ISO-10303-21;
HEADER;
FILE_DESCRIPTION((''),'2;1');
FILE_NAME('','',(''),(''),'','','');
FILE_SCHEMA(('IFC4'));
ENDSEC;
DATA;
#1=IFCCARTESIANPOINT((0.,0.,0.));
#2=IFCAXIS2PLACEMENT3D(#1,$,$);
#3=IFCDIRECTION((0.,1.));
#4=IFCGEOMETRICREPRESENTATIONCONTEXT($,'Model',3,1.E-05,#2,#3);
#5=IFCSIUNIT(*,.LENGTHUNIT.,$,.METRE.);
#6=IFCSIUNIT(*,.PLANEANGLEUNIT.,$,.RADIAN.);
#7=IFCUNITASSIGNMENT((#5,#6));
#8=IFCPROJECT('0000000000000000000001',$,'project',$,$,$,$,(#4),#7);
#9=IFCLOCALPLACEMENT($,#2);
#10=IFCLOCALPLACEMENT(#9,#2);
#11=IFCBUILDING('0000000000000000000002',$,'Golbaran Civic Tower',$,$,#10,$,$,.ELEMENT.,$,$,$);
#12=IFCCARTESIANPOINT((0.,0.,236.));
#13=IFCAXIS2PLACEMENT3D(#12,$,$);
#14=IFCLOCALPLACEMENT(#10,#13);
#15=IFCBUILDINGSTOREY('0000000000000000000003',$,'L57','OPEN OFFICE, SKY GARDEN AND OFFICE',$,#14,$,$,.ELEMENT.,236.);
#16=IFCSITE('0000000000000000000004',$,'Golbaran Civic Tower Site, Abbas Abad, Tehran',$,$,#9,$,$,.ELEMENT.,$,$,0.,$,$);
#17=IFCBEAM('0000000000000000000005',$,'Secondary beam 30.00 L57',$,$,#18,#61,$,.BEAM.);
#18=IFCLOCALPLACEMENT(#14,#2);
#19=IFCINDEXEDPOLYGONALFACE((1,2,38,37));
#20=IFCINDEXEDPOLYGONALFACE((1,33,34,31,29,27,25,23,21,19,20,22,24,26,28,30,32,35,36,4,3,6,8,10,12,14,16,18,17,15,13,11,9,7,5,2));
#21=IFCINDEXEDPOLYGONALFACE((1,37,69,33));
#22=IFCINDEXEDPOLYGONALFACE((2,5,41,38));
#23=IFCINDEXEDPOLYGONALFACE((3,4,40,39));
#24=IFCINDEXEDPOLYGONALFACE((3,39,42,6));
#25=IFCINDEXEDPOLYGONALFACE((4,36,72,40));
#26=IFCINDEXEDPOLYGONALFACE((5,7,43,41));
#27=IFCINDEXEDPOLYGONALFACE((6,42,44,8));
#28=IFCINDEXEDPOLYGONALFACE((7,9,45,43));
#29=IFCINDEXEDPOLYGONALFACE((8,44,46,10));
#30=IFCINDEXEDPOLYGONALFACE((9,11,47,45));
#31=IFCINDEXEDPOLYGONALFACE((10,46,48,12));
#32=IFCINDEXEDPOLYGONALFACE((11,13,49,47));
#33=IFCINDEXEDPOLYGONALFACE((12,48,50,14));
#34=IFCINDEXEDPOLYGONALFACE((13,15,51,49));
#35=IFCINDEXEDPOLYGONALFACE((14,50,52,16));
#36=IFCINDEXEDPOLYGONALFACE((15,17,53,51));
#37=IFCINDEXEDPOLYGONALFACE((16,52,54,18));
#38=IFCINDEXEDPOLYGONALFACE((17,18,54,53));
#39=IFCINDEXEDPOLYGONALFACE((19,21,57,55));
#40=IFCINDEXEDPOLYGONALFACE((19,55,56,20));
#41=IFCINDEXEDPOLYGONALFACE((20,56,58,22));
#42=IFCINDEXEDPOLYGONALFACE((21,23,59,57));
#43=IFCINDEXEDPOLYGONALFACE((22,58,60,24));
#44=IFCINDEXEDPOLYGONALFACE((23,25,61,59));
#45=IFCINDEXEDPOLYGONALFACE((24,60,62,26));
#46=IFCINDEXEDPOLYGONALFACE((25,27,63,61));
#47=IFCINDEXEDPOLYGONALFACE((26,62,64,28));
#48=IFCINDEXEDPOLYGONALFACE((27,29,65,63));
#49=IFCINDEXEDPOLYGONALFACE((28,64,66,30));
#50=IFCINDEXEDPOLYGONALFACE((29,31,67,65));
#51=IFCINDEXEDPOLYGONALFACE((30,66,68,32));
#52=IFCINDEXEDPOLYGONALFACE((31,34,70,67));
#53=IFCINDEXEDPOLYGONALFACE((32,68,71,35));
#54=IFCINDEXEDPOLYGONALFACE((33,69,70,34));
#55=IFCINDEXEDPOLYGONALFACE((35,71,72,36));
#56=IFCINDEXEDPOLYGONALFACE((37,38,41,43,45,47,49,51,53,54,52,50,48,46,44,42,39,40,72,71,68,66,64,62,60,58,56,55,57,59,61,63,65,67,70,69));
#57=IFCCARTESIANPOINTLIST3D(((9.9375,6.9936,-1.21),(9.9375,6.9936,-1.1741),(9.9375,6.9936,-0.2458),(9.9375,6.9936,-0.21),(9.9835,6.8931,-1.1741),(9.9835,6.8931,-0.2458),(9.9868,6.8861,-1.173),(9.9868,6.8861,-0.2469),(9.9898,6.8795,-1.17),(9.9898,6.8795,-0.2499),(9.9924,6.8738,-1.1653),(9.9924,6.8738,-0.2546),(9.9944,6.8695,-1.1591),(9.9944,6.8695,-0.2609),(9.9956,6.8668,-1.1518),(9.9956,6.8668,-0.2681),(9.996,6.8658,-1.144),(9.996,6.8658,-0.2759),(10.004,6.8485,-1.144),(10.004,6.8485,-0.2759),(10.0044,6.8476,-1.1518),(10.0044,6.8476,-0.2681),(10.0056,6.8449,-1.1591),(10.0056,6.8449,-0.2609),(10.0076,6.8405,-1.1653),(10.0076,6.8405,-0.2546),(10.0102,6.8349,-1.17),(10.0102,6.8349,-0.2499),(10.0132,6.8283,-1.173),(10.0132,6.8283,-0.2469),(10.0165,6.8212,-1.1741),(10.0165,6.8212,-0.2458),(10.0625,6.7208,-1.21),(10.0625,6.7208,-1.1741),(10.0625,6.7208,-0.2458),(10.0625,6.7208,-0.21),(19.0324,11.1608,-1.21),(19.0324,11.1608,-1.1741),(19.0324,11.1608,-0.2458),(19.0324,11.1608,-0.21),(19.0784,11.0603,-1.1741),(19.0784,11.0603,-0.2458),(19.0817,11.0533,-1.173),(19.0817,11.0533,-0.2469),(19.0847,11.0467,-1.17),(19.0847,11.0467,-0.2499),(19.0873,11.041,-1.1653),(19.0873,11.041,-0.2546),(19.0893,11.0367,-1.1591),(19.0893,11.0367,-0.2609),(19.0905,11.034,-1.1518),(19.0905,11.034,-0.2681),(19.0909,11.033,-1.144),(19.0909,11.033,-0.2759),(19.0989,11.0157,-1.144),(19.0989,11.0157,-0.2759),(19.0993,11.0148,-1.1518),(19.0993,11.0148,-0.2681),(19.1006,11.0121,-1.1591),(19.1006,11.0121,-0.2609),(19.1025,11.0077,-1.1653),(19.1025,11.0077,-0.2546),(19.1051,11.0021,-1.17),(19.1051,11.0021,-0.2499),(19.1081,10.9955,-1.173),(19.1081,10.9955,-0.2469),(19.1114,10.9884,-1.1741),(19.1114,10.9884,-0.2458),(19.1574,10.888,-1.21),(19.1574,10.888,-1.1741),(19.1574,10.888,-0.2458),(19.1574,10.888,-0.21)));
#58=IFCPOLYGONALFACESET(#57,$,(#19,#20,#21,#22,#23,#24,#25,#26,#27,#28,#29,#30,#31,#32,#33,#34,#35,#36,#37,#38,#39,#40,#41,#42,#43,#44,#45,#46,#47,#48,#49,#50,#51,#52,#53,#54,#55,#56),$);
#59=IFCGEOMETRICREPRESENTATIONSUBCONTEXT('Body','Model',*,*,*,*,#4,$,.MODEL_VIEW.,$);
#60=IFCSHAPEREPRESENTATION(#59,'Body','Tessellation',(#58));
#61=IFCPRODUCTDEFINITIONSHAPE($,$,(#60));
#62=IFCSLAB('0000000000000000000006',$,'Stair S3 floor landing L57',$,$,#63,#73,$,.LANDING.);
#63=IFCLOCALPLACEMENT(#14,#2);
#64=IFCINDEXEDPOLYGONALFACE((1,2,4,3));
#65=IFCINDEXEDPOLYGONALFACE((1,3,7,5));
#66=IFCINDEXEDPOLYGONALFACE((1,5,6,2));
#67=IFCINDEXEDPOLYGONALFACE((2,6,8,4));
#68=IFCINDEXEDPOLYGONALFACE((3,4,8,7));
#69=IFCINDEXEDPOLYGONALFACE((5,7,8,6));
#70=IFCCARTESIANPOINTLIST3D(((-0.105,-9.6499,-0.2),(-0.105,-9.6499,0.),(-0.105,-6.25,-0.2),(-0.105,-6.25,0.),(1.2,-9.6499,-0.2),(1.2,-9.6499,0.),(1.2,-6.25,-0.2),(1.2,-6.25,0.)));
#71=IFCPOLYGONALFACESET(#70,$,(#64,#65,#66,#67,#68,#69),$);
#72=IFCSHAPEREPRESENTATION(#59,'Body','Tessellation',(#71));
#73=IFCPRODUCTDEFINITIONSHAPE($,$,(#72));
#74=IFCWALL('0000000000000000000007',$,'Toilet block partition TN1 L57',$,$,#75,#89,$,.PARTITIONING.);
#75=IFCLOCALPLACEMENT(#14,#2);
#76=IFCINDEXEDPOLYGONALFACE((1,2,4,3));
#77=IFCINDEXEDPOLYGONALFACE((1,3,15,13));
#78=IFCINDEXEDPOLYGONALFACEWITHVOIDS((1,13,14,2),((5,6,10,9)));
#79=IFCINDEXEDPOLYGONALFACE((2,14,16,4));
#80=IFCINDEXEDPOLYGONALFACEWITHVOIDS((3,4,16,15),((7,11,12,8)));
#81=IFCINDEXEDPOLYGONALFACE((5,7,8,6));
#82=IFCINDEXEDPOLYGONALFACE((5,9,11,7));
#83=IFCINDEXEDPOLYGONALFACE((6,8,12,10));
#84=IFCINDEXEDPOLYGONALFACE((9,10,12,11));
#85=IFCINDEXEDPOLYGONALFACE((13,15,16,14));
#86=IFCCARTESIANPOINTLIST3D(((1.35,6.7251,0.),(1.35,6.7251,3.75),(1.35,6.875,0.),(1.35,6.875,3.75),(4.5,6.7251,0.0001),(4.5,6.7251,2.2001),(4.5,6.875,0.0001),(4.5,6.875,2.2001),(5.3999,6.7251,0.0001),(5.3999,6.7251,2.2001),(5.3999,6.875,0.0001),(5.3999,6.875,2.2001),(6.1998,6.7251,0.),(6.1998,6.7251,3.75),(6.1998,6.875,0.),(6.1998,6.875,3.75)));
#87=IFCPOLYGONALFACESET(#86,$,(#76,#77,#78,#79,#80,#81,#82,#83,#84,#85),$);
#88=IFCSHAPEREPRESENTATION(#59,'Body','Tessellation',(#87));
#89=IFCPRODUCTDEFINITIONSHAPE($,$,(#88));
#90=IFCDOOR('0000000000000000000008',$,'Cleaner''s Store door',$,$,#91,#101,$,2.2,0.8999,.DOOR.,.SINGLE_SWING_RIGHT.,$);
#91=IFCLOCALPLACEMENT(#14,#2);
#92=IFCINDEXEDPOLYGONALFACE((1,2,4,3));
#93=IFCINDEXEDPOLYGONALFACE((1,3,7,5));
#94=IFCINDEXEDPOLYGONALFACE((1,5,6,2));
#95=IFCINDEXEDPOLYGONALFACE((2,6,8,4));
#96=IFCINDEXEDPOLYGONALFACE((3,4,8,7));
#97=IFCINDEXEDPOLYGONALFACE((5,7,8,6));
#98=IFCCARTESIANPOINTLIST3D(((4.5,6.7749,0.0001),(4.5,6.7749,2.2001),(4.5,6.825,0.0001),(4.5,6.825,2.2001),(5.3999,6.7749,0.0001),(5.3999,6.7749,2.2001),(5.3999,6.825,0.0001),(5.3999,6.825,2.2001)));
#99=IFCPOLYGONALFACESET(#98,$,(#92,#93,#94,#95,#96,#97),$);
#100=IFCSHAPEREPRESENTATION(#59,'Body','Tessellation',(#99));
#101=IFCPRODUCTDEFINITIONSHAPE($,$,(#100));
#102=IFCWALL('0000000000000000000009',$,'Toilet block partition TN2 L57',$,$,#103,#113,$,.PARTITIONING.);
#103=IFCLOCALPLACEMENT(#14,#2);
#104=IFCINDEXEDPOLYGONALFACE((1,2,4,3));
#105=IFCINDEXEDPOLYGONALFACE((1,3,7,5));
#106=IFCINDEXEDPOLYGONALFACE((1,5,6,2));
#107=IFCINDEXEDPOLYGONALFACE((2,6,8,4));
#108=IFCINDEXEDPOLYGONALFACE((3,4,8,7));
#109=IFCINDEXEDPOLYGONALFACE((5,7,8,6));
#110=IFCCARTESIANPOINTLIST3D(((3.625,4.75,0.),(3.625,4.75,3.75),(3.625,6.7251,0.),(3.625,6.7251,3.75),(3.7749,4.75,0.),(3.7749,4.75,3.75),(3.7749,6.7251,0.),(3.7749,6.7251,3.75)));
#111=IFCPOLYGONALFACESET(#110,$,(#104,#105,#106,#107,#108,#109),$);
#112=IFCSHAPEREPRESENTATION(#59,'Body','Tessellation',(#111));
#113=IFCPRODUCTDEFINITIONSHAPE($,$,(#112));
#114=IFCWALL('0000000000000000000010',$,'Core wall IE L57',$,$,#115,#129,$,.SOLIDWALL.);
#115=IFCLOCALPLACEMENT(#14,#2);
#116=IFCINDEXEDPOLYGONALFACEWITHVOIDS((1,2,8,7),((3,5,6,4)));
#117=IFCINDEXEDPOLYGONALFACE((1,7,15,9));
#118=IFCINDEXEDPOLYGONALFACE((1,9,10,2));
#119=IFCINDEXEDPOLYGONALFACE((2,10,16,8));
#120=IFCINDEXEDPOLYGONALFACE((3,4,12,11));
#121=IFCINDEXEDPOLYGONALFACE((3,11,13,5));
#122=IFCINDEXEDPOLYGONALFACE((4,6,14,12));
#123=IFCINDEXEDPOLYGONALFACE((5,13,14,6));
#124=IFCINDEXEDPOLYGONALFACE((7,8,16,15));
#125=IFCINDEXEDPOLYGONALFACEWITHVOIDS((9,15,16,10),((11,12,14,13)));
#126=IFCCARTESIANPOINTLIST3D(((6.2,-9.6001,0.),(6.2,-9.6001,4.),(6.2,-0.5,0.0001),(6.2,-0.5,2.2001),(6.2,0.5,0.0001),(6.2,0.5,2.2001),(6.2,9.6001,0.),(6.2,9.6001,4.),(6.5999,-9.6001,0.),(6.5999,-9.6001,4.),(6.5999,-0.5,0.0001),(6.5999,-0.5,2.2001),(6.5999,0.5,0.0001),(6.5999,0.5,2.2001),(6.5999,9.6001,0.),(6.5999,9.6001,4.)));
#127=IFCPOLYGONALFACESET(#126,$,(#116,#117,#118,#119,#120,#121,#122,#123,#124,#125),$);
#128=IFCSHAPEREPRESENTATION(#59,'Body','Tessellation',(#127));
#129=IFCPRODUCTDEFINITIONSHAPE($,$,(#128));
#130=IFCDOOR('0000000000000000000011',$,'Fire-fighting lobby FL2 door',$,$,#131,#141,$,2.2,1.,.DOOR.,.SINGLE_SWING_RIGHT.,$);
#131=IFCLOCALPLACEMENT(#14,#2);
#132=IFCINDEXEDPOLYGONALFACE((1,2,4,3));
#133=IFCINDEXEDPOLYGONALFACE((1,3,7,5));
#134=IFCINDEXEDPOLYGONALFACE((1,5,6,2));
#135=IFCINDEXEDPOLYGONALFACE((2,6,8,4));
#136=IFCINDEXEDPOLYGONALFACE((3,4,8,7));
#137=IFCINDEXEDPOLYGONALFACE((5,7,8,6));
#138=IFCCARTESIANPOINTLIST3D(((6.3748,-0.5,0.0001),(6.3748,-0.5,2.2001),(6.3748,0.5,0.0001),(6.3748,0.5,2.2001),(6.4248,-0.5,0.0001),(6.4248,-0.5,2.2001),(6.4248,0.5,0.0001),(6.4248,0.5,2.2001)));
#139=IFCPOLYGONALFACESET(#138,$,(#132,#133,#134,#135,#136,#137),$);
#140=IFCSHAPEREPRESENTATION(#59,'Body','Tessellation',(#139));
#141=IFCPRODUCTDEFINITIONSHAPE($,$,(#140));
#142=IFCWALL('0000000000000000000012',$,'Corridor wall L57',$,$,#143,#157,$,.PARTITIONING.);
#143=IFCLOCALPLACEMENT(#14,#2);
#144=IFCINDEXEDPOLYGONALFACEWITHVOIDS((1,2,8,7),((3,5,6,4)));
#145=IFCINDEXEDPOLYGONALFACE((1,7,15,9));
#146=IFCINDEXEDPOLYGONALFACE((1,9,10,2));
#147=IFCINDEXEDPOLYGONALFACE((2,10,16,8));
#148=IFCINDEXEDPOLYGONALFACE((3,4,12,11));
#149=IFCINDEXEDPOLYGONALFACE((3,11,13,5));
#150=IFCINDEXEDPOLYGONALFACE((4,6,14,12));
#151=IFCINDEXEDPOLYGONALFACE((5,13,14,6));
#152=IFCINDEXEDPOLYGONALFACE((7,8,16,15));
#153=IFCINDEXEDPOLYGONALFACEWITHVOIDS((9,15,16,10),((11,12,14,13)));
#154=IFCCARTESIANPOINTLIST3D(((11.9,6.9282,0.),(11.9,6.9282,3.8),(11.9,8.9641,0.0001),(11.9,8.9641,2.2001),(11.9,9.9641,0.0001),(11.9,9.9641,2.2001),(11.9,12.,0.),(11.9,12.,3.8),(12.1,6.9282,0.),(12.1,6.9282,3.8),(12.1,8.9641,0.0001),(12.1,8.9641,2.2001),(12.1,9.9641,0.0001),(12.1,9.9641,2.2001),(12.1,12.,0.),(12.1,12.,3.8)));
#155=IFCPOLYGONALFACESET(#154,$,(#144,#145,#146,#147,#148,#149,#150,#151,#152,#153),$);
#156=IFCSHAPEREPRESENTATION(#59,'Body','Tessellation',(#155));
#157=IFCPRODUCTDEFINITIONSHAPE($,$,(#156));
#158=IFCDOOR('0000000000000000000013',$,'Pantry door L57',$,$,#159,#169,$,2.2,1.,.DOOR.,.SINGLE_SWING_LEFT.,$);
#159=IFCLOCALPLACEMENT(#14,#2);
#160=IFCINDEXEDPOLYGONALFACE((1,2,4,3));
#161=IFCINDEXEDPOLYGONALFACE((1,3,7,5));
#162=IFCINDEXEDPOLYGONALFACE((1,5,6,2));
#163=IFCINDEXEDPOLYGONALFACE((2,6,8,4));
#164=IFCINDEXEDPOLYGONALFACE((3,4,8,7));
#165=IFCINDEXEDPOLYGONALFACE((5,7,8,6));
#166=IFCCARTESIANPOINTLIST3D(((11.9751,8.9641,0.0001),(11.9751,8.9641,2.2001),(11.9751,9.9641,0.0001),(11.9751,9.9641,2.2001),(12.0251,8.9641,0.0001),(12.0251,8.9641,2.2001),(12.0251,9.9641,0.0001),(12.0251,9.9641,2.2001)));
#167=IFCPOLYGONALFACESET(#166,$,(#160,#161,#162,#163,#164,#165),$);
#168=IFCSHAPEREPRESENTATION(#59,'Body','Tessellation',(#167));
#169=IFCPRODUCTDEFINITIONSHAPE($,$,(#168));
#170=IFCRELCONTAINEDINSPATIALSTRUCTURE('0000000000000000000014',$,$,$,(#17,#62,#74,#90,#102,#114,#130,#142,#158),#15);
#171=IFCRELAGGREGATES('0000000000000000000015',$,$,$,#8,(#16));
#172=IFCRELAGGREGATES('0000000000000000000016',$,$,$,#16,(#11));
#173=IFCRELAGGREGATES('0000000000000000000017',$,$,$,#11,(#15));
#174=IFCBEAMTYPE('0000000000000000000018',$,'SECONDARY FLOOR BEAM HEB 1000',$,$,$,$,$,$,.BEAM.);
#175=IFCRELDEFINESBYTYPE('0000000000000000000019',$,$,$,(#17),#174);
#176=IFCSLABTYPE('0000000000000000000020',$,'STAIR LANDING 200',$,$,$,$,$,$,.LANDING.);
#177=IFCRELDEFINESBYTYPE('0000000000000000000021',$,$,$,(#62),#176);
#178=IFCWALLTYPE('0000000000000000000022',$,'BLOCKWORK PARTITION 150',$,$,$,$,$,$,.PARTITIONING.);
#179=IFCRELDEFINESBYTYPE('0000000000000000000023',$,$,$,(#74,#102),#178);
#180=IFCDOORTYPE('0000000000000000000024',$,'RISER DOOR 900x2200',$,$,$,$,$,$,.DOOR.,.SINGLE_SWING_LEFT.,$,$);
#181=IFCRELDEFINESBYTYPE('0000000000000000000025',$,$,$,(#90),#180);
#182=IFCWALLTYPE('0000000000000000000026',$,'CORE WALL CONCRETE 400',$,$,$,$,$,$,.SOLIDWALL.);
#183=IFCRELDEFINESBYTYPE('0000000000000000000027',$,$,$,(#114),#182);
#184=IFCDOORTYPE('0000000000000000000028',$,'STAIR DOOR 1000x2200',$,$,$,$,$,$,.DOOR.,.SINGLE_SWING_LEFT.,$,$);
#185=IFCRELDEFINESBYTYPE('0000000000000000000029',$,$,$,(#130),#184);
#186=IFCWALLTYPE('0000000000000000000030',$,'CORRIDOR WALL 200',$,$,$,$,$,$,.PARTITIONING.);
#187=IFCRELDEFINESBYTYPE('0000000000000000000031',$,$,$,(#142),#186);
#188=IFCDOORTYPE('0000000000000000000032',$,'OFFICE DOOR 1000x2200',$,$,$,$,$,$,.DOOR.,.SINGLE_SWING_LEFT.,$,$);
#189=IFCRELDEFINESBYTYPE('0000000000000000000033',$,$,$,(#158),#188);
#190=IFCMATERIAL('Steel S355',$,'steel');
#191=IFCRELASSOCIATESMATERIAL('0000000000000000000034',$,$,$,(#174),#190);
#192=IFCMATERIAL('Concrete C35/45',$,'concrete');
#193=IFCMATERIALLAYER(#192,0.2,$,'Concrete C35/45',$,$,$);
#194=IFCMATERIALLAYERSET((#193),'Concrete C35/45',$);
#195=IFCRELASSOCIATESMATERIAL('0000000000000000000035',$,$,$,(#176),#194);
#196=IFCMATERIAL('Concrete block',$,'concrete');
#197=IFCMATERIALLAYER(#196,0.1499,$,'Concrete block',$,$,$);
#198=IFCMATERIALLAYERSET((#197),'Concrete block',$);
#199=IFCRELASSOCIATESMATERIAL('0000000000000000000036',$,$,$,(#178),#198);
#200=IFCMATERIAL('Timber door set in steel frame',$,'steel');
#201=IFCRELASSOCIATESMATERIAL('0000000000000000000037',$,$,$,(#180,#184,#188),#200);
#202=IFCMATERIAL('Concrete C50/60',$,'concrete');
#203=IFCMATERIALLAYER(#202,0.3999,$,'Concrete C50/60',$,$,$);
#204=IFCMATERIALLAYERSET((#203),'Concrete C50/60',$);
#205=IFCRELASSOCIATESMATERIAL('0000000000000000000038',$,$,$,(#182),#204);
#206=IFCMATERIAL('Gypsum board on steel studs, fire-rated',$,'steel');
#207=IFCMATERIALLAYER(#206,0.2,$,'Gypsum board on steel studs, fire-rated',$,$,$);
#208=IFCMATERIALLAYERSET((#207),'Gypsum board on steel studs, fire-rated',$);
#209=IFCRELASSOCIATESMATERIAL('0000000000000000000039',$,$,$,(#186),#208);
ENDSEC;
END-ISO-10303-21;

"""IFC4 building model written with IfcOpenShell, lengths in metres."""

from ifc_helpers import new_model, si_unit, direction, frame, frame_2d, origin, origin_2d, place, context, subcontext, project, spatial, polyline, rectangle, i_section, outline, extrude, material, layer, layer_set, material_profile, profile_set, type_object, element, fill, save


model = new_model("IFC4")

# Units and contexts
model_context = context("Model", 3, precision=1e-05, world=origin(), true_north=direction((0.0, 1.0)))
body_context = subcontext(model_context, "Body", "Model", "MODEL_VIEW")
ifc_project = project(units=[si_unit("LENGTHUNIT", "METRE"), si_unit("PLANEANGLEUNIT", "RADIAN")], contexts=[model_context])

# Site, building, storey
site_placement = place(None, origin())
site = spatial("IfcSite", under=ifc_project, at=site_placement, Name="Golbaran Civic Tower Site, Abbas Abad, Tehran", CompositionType="ELEMENT", RefElevation=0.0)
building_placement = place(site_placement, origin())
building = spatial("IfcBuilding", under=site, at=building_placement, Name="Golbaran Civic Tower", CompositionType="ELEMENT")
storey_placement = place(building_placement, frame((0.0, 0.0, 236.0)))
storey = spatial("IfcBuildingStorey", under=building, at=storey_placement, Name="L57", Description="OPEN OFFICE, SKY GARDEN AND OFFICE", CompositionType="ELEMENT", Elevation=236.0)

# Beam
ifc_material_1 = material(Name="Steel S355", Category="steel")
ifc_material_profile_1 = material_profile(ifc_material_1, i_section(OverallWidth=0.3, OverallDepth=1.0, WebThickness=0.019, FlangeThickness=0.0359, FilletRadius=0.03, at=origin_2d()), Name="HEB 1000")
ifc_profile_set_1 = profile_set([ifc_material_profile_1], Name="Steel S355")
beam_type_1 = type_object("IfcBeamType", Name="SECONDARY FLOOR BEAM HEB 1000", PredefinedType="BEAM", material=ifc_profile_set_1)
beam_1_placement = place(storey_placement, frame((10.0, 6.8572, -0.71), z_axis=(0.909114, 0.416548, 0.0), x_axis=(-0.416548, 0.909114, 0.0)))
element("IfcBeam", 1, at=beam_1_placement, inside=storey, type_object=beam_type_1, Name="Secondary beam 30.00 L57", PredefinedType="BEAM", context=body_context, shape_type="SweptSolid", body=[
    extrude(i_section(OverallWidth=0.3, OverallDepth=1.0, WebThickness=0.019, FlangeThickness=0.0359, FilletRadius=0.03, at=origin_2d()), origin(), (0.0, 0.0, 1.0), 10.0042),
])

# Slab
ifc_material_2 = material(Name="Concrete C35/45", Category="concrete")
ifc_layer_1 = layer(ifc_material_2, 0.2, Name="Concrete C35/45")
ifc_layer_set_1 = layer_set([ifc_layer_1], Name="Concrete C35/45")
slab_type = type_object("IfcSlabType", Name="STAIR LANDING 200", PredefinedType="LANDING", material=ifc_layer_set_1)
slab_placement = place(storey_placement, frame((0.0, 0.0, -0.2)))
element("IfcSlab", 2, at=slab_placement, inside=storey, type_object=slab_type, Name="Stair S3 floor landing L57", PredefinedType="LANDING", context=body_context, shape_type="SweptSolid", body=[
    extrude(outline(polyline([(1.2, -9.6499), (-0.105, -9.6499), (-0.105, -6.25), (1.2, -6.25), (1.2, -9.6499)])), origin(), (0.0, 0.0, 1.0), 0.2),
])

# Wall, opening, door
ifc_material_3 = material(Name="Concrete block", Category="concrete")
ifc_layer_2 = layer(ifc_material_3, 0.1499, Name="Concrete block")
ifc_layer_set_2 = layer_set([ifc_layer_2], Name="Concrete block")
wall_type_1 = type_object("IfcWallType", Name="BLOCKWORK PARTITION 150", PredefinedType="PARTITIONING", material=ifc_layer_set_2)
wall_1_placement = place(storey_placement, frame((1.3501, 6.8, 0.0), z_axis=(0.0, 0.0, 1.0), x_axis=(1.0, 0.0, 0.0)))
wall_1 = element("IfcWall", 3, at=wall_1_placement, inside=storey, type_object=wall_type_1, Name="Toilet block partition TN1 L57", PredefinedType="PARTITIONING", context=body_context, shape_type="SweptSolid", body=[
    extrude(rectangle(XDim=4.8499, YDim=0.1499, at=frame_2d((2.4248, 0.0))), origin(), (0.0, 0.0, 1.0), 3.75),
])
opening_1_placement = place(wall_1_placement, frame((3.1499, 0.0, 0.0)))
opening_1 = element("IfcOpeningElement", 4, at=opening_1_placement, cuts=wall_1, PredefinedType="OPENING", context=body_context, shape_type="SweptSolid", body=[
    extrude(rectangle(XDim=0.8999, YDim=2.2, at=frame_2d((0.45, 1.1001))), frame((0.0, 0.085, 0.0), z_axis=(0.0, -1.0, 0.0), x_axis=(1.0, 0.0, 0.0)), (0.0, 0.0, 1.0), 0.1699),
])
ifc_material_4 = material(Name="Timber door set in steel frame", Category="steel")
door_type_1 = type_object("IfcDoorType", Name="RISER DOOR 900x2200", OperationType="SINGLE_SWING_LEFT", PredefinedType="DOOR", material=ifc_material_4)
door_1_placement = place(opening_1_placement, origin())
door_1 = element("IfcDoor", 5, at=door_1_placement, inside=storey, type_object=door_type_1, Name="Cleaner's Store door", OperationType="SINGLE_SWING_RIGHT", OverallHeight=2.2, OverallWidth=0.8999, PredefinedType="DOOR", context=body_context, shape_type="SweptSolid", body=[
    extrude(rectangle(XDim=0.8999, YDim=2.2, at=frame_2d((0.45, 1.1001))), frame((0.0, 0.0249, 0.0), z_axis=(0.0, -1.0, 0.0), x_axis=(1.0, 0.0, 0.0)), (0.0, 0.0, 1.0), 0.05),
])
fill(opening_1, door_1)

# Wall
wall_2_placement = place(storey_placement, frame((3.7, 4.75, 0.0), z_axis=(0.0, 0.0, 1.0), x_axis=(0.0, 1.0, 0.0)))
element("IfcWall", 6, at=wall_2_placement, inside=storey, type_object=wall_type_1, Name="Toilet block partition TN2 L57", PredefinedType="PARTITIONING", context=body_context, shape_type="SweptSolid", body=[
    extrude(rectangle(XDim=1.9751, YDim=0.1499, at=frame_2d((0.9875, 0.0))), origin(), (0.0, 0.0, 1.0), 3.75),
])

# Walls, openings, doors
ifc_material_5 = material(Name="Concrete C50/60", Category="concrete")
ifc_layer_3 = layer(ifc_material_5, 0.3999, Name="Concrete C50/60")
ifc_layer_set_3 = layer_set([ifc_layer_3], Name="Concrete C50/60")
wall_type_2 = type_object("IfcWallType", Name="CORE WALL CONCRETE 400", PredefinedType="SOLIDWALL", material=ifc_layer_set_3)
wall_3_placement = place(storey_placement, frame((6.3999, 9.6001, 0.0), z_axis=(0.0, 0.0, 1.0), x_axis=(0.0, -1.0, 0.0)))
wall_3 = element("IfcWall", 7, at=wall_3_placement, inside=storey, type_object=wall_type_2, Name="Core wall IE L57", PredefinedType="SOLIDWALL", context=body_context, shape_type="SweptSolid", body=[
    extrude(rectangle(XDim=19.2002, YDim=0.3999, at=frame_2d((9.6001, 0.0))), origin(), (0.0, 0.0, 1.0), 4.0),
])
opening_2_placement = place(wall_3_placement, frame((9.1001, 0.0, 0.0)))
opening_2 = element("IfcOpeningElement", 8, at=opening_2_placement, cuts=wall_3, PredefinedType="OPENING", context=body_context, shape_type="SweptSolid", body=[
    extrude(rectangle(XDim=1.0, YDim=2.2, at=frame_2d((0.5, 1.1001))), frame((0.0, 0.21, 0.0), z_axis=(0.0, -1.0, 0.0), x_axis=(1.0, 0.0, 0.0)), (0.0, 0.0, 1.0), 0.4199),
])
door_type_2 = type_object("IfcDoorType", Name="STAIR DOOR 1000x2200", OperationType="SINGLE_SWING_LEFT", PredefinedType="DOOR", material=ifc_material_4)
door_2_placement = place(opening_2_placement, origin())
door_2 = element("IfcDoor", 9, at=door_2_placement, inside=storey, type_object=door_type_2, Name="Fire-fighting lobby FL2 door", OperationType="SINGLE_SWING_RIGHT", OverallHeight=2.2, OverallWidth=1.0, PredefinedType="DOOR", context=body_context, shape_type="SweptSolid", body=[
    extrude(rectangle(XDim=1.0, YDim=2.2, at=frame_2d((0.5, 1.1001))), frame((0.0, 0.0249, 0.0), z_axis=(0.0, -1.0, 0.0), x_axis=(1.0, 0.0, 0.0)), (0.0, 0.0, 1.0), 0.05),
])
fill(opening_2, door_2)
ifc_material_6 = material(Name="Gypsum board on steel studs, fire-rated", Category="steel")
ifc_layer_4 = layer(ifc_material_6, 0.2, Name="Gypsum board on steel studs, fire-rated")
ifc_layer_set_4 = layer_set([ifc_layer_4], Name="Gypsum board on steel studs, fire-rated")
wall_type_3 = type_object("IfcWallType", Name="CORRIDOR WALL 200", PredefinedType="PARTITIONING", material=ifc_layer_set_4)
wall_4_placement = place(storey_placement, frame((12.0, 6.9282, 0.0), z_axis=(0.0, 0.0, 1.0), x_axis=(0.0, 1.0, 0.0)))
wall_4 = element("IfcWall", 10, at=wall_4_placement, inside=storey, type_object=wall_type_3, Name="Corridor wall L57", PredefinedType="PARTITIONING", context=body_context, shape_type="SweptSolid", body=[
    extrude(rectangle(XDim=5.0718, YDim=0.2, at=frame_2d((2.5359, 0.0))), origin(), (0.0, 0.0, 1.0), 3.8),
])
opening_3_placement = place(wall_4_placement, frame((2.0359, 0.0, 0.0)))
opening_3 = element("IfcOpeningElement", 11, at=opening_3_placement, cuts=wall_4, PredefinedType="OPENING", context=body_context, shape_type="SweptSolid", body=[
    extrude(rectangle(XDim=1.0, YDim=2.2, at=frame_2d((0.5, 1.1001))), frame((0.0, 0.1099, 0.0), z_axis=(0.0, -1.0, 0.0), x_axis=(1.0, 0.0, 0.0)), (0.0, 0.0, 1.0), 0.22),
])
door_type_3 = type_object("IfcDoorType", Name="OFFICE DOOR 1000x2200", OperationType="SINGLE_SWING_LEFT", PredefinedType="DOOR", material=ifc_material_4)
door_3_placement = place(opening_3_placement, origin())
door_3 = element("IfcDoor", 12, at=door_3_placement, inside=storey, type_object=door_type_3, Name="Pantry door L57", OperationType="SINGLE_SWING_LEFT", OverallHeight=2.2, OverallWidth=1.0, PredefinedType="DOOR", context=body_context, shape_type="SweptSolid", body=[
    extrude(rectangle(XDim=1.0, YDim=2.2, at=frame_2d((0.5, 1.1001))), frame((0.0, 0.0249, 0.0), z_axis=(0.0, -1.0, 0.0), x_axis=(1.0, 0.0, 0.0)), (0.0, 0.0, 1.0), 0.05),
])
fill(opening_3, door_3)

save(model, "model.ifc")
